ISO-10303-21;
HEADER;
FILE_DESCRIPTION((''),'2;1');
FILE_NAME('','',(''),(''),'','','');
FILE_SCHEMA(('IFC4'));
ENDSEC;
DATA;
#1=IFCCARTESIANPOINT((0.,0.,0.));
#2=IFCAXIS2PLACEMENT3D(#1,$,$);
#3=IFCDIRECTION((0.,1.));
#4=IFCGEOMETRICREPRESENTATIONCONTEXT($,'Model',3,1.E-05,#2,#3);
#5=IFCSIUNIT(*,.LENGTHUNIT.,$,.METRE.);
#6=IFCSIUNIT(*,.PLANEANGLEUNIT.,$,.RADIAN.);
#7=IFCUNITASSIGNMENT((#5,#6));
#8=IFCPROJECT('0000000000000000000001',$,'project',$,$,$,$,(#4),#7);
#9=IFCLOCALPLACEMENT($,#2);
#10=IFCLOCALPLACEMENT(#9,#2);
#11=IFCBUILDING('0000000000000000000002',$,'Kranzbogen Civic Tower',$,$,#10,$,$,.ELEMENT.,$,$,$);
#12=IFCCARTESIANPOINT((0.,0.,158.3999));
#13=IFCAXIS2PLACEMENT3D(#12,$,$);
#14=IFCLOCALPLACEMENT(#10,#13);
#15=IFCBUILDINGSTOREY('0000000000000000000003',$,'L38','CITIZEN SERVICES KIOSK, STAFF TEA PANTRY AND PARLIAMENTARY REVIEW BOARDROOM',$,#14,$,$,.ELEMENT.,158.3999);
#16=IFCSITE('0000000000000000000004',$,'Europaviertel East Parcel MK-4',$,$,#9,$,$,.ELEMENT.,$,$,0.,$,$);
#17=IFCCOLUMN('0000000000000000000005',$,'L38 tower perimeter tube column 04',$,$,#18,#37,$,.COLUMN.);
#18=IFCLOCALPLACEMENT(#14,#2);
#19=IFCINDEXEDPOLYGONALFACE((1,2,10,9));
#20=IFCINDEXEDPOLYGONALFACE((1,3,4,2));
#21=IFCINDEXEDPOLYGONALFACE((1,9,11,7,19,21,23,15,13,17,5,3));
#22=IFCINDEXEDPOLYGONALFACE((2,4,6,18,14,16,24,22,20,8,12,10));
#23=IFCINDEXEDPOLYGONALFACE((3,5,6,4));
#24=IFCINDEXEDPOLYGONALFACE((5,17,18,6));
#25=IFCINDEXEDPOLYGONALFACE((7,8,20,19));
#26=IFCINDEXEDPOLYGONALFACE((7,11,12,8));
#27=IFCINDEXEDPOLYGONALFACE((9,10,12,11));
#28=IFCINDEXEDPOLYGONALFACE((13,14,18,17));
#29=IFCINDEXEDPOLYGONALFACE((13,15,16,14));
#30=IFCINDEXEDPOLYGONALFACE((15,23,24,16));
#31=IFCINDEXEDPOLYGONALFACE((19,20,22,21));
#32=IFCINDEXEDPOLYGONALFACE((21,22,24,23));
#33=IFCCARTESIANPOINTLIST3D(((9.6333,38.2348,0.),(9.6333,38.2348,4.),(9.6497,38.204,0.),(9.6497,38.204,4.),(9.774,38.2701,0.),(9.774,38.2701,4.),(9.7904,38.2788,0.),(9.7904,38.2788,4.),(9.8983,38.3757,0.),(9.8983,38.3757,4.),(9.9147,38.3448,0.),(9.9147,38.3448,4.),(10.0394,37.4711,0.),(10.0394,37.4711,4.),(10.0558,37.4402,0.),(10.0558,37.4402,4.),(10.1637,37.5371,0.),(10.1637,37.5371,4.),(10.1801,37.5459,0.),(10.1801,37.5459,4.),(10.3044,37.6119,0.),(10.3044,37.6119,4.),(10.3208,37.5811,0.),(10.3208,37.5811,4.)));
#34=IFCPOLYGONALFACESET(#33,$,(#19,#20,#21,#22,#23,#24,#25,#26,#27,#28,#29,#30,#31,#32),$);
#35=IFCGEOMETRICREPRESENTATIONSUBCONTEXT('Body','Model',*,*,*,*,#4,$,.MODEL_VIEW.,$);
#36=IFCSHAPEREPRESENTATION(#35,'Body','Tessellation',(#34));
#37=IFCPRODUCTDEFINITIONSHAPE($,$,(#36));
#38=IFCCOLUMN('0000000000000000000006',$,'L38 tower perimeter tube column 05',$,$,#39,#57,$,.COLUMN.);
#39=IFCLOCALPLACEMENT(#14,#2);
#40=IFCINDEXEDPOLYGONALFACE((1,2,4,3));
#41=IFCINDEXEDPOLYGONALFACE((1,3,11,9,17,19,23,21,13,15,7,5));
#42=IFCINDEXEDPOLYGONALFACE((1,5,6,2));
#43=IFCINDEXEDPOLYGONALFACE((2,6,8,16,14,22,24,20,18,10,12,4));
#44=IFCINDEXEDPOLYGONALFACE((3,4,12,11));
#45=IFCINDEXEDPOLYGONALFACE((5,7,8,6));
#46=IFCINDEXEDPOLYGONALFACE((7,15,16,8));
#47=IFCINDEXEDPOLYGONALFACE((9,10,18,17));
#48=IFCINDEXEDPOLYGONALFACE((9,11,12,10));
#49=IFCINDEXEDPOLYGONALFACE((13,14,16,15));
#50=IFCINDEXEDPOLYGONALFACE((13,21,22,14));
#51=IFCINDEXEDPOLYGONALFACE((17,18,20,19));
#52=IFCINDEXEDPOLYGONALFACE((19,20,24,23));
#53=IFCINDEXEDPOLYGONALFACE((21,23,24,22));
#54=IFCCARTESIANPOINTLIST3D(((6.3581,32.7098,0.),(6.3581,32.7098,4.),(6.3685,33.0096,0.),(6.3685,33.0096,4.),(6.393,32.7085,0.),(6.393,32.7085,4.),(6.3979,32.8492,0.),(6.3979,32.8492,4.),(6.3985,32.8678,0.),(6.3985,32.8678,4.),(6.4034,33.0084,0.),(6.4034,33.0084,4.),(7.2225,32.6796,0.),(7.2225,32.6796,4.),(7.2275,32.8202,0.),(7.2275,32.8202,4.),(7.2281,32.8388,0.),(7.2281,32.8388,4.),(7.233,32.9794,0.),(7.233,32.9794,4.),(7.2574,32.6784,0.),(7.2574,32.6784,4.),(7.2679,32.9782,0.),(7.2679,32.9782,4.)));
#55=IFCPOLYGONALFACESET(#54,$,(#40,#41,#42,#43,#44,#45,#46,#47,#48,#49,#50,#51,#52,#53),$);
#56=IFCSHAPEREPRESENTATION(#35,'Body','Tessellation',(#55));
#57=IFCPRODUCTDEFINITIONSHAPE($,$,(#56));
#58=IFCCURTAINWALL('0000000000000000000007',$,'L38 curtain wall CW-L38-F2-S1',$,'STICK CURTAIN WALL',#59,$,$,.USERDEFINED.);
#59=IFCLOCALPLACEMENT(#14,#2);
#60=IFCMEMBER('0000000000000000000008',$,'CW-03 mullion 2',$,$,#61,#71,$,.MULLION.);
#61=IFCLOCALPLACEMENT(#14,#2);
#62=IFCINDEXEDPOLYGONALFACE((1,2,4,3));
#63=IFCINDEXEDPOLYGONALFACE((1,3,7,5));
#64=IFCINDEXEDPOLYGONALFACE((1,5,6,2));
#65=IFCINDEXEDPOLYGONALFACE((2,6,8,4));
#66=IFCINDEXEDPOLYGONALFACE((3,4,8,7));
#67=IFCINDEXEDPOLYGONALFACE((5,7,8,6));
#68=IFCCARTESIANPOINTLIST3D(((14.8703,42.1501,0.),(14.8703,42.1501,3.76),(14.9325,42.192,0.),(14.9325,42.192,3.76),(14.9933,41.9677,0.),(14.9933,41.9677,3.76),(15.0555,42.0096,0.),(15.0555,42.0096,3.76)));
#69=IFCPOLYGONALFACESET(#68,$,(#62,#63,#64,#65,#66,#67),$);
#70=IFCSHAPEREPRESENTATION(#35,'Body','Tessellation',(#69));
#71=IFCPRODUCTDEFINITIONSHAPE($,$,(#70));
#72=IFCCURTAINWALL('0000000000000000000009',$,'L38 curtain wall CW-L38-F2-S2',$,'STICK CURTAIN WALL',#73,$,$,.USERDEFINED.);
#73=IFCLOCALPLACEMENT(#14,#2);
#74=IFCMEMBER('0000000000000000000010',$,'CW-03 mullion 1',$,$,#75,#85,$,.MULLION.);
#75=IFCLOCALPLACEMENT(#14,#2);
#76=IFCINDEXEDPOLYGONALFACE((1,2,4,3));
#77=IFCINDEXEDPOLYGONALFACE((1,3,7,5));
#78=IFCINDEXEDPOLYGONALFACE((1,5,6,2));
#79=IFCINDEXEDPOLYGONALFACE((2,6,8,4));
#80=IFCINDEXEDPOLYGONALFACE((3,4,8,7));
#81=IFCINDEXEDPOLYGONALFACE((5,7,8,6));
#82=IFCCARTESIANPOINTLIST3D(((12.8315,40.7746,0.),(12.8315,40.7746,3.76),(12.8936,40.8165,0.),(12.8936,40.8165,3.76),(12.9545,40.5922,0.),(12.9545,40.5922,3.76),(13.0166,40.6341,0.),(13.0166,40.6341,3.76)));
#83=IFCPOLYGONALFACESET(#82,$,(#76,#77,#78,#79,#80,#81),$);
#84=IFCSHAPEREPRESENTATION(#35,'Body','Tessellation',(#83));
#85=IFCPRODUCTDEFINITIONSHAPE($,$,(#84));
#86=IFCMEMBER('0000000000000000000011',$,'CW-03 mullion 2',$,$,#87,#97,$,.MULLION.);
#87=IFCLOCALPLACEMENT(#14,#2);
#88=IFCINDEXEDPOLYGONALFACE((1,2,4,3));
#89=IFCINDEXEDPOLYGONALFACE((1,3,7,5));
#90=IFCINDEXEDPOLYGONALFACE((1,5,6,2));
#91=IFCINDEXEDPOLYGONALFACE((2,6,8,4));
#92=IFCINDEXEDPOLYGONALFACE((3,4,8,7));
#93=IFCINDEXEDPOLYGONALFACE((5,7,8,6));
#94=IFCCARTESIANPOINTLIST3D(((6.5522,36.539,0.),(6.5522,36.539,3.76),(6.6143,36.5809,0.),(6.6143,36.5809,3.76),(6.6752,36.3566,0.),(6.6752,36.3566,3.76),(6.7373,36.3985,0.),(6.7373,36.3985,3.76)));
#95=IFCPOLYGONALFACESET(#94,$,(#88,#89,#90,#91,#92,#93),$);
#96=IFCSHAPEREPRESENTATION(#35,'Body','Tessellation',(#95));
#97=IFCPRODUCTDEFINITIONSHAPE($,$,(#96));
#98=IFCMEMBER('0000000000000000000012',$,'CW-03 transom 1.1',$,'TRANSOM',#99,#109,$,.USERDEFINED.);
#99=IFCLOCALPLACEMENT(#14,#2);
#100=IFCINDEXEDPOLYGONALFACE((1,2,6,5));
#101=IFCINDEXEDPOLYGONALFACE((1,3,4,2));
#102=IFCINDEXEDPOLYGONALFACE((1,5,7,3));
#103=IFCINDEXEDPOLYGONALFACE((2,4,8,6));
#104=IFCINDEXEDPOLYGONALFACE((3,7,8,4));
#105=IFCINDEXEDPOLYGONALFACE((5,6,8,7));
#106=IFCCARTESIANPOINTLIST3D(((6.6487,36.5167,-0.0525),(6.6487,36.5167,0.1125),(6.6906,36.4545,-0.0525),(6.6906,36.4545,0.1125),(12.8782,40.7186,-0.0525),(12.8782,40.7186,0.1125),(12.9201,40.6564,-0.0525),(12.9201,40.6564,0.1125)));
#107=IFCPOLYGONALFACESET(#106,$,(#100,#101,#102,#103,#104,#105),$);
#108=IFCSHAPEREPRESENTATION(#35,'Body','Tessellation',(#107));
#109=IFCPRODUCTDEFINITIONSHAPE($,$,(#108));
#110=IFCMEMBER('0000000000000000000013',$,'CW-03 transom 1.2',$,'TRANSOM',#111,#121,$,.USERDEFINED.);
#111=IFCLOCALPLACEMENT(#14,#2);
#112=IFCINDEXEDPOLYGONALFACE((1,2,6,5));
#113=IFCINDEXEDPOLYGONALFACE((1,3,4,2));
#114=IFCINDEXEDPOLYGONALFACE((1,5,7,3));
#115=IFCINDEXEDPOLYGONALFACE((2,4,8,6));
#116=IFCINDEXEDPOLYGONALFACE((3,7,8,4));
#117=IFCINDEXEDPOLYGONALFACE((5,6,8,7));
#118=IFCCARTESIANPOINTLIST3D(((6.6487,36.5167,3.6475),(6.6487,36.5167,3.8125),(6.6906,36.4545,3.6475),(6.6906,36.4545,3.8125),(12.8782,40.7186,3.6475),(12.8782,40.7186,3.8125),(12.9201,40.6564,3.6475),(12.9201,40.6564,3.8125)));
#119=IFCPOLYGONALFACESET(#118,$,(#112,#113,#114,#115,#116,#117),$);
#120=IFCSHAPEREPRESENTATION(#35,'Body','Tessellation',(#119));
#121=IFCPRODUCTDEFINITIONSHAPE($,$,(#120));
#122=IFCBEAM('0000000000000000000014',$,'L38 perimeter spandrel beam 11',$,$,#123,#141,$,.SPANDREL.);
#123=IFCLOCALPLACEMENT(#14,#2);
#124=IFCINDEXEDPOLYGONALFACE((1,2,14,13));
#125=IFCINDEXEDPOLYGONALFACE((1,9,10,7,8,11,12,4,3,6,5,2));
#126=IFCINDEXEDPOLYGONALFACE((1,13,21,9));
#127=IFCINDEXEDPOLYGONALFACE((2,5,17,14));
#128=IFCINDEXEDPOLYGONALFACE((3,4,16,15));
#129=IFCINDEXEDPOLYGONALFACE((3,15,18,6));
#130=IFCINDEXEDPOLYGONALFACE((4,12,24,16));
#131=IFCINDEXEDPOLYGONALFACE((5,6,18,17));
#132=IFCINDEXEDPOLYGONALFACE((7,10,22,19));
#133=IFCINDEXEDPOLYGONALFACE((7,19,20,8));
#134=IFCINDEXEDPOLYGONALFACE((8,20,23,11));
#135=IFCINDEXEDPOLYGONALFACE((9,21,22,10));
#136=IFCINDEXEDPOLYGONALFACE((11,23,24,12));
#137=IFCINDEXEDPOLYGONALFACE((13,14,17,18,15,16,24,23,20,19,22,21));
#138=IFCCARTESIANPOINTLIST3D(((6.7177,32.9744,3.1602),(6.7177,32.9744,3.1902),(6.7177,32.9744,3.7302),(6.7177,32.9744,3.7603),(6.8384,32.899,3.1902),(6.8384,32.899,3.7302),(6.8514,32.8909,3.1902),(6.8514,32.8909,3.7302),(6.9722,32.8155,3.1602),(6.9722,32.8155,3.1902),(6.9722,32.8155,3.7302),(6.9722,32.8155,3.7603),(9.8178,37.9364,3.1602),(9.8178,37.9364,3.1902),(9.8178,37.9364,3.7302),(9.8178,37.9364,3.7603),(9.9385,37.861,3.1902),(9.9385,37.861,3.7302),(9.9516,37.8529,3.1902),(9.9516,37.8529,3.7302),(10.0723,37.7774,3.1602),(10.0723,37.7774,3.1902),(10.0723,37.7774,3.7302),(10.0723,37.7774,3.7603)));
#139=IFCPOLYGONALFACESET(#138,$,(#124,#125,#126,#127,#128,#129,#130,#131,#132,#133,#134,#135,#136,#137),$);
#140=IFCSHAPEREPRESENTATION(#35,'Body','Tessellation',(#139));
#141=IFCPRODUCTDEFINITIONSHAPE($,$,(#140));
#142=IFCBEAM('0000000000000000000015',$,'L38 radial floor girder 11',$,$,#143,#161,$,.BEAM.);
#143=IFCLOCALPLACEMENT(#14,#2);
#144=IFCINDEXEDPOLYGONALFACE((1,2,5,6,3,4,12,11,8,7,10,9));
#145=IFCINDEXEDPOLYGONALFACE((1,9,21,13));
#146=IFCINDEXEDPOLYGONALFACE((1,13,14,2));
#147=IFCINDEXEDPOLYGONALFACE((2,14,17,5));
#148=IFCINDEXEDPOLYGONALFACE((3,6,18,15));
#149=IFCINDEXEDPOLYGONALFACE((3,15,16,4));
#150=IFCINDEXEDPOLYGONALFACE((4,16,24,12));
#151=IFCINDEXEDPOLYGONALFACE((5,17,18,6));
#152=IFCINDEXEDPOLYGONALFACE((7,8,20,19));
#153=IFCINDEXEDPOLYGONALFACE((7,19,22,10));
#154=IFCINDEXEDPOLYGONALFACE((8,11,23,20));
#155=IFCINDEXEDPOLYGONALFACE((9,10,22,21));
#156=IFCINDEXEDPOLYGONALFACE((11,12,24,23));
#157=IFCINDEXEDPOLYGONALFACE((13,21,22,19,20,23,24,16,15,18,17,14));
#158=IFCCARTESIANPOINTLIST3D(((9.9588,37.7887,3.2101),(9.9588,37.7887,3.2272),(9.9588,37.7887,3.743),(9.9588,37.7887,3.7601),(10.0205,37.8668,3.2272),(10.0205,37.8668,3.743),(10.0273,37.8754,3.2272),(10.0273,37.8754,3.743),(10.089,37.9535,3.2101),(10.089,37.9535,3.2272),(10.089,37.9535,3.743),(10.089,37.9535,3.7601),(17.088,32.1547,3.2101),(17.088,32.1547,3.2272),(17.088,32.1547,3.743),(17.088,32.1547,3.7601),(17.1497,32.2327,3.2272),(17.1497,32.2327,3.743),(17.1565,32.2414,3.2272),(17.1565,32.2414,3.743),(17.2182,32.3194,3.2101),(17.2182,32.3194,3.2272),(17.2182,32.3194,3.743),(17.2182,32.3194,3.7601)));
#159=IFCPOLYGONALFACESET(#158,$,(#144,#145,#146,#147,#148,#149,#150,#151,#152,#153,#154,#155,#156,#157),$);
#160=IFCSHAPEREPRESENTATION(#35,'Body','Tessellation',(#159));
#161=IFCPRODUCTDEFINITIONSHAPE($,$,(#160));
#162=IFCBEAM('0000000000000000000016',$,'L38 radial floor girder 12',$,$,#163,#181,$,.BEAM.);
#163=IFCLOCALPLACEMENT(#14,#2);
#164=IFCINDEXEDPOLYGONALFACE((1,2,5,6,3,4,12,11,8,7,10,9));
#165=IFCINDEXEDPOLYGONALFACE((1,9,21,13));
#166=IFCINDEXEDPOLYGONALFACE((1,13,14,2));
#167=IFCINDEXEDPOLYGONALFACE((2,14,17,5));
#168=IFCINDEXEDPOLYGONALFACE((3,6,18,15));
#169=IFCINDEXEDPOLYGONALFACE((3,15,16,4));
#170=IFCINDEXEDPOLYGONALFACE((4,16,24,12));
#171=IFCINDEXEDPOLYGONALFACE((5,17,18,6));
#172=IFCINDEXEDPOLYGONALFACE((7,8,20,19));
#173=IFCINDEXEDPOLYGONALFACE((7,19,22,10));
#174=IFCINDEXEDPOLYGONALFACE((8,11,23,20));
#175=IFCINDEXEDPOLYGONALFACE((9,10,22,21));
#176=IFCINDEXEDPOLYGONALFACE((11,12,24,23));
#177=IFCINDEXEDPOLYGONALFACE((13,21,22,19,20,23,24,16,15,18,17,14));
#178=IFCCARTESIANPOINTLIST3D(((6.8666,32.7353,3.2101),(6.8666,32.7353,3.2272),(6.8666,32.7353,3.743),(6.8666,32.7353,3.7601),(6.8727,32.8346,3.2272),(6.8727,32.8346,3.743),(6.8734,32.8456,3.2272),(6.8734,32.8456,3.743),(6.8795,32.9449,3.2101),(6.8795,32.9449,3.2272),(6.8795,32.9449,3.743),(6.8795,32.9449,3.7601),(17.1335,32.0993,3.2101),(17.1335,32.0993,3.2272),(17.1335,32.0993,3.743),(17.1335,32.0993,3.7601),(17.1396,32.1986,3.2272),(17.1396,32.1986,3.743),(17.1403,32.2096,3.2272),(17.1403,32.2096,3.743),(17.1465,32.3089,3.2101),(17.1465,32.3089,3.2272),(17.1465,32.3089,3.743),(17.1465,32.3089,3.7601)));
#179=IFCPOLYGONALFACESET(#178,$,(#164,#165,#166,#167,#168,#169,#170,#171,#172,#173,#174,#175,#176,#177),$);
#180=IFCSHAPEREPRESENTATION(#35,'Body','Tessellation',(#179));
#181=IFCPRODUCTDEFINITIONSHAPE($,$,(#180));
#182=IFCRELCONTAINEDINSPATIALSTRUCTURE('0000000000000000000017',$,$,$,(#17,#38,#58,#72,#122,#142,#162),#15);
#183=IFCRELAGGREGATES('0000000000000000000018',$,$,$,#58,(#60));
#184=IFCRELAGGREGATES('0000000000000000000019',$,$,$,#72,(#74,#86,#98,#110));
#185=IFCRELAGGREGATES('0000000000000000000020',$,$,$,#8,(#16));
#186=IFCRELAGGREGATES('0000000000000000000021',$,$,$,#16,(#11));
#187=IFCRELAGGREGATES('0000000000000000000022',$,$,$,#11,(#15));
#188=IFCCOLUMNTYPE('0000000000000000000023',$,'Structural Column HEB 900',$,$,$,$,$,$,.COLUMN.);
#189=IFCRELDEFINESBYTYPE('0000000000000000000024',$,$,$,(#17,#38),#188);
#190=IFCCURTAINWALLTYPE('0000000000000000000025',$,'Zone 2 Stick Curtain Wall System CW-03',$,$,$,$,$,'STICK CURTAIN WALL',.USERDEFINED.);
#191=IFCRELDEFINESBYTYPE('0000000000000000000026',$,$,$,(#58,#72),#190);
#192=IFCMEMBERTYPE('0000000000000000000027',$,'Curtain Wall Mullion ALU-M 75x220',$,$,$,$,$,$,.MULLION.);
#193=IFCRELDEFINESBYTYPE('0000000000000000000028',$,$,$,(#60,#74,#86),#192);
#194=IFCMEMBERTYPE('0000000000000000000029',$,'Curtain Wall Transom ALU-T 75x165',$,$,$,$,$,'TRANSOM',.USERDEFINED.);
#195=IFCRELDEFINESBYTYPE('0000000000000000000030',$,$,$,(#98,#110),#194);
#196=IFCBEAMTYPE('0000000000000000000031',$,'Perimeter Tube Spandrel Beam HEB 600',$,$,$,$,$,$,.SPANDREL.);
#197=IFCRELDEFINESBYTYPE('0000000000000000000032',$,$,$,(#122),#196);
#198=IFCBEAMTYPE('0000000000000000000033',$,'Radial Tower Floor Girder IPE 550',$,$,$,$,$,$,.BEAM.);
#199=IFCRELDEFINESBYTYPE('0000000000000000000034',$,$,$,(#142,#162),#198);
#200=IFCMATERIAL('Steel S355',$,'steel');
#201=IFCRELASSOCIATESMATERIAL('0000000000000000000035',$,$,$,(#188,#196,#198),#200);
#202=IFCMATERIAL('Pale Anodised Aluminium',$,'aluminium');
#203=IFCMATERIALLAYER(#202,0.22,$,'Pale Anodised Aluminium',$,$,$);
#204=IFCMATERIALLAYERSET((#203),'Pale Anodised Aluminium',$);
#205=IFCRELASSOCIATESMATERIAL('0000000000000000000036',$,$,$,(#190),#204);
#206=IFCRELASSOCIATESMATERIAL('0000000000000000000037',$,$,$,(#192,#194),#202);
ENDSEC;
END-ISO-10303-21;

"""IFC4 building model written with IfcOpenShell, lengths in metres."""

from ifc_helpers import new_model, si_unit, direction, frame, origin, origin_2d, place, context, subcontext, project, spatial, rectangle, i_section, extrude, material, layer, layer_set, material_profile, profile_set, type_object, element, aggregate, save


model = new_model("IFC4")

# Units and contexts
model_context = context("Model", 3, precision=1e-05, world=origin(), true_north=direction((0.0, 1.0)))
body_context = subcontext(model_context, "Body", "Model", "MODEL_VIEW")
ifc_project = project(units=[si_unit("LENGTHUNIT", "METRE"), si_unit("PLANEANGLEUNIT", "RADIAN")], contexts=[model_context])

# Site, building, storey
site_placement = place(None, origin())
site = spatial("IfcSite", under=ifc_project, at=site_placement, Name="Europaviertel East Parcel MK-4", CompositionType="ELEMENT", RefElevation=0.0)
building_placement = place(site_placement, origin())
building = spatial("IfcBuilding", under=site, at=building_placement, Name="Kranzbogen Civic Tower", CompositionType="ELEMENT")
storey_placement = place(building_placement, frame((0.0, 0.0, 158.3999)))
storey = spatial("IfcBuildingStorey", under=building, at=storey_placement, Name="L38", Description="CITIZEN SERVICES KIOSK, STAFF TEA PANTRY AND PARLIAMENTARY REVIEW BOARDROOM", CompositionType="ELEMENT", Elevation=158.3999)

# Columns
ifc_material_1 = material(Name="Steel S355", Category="steel")
ifc_material_profile_1 = material_profile(ifc_material_1, i_section(OverallWidth=0.3, OverallDepth=0.8999, WebThickness=0.0186, FlangeThickness=0.0349, at=origin_2d()), Name="HEB 900")
ifc_profile_set_1 = profile_set([ifc_material_profile_1], Name="Steel S355")
column_type = type_object("IfcColumnType", Name="Structural Column HEB 900", PredefinedType="COLUMN", material=ifc_profile_set_1)
for number, where, z_axis, x_axis, name in (
    (1, (9.9771, 37.908, 0.0), (0.0, 0.0, 1.0), (0.882948, 0.469472, 0.0), "L38 tower perimeter tube column 04"),
    (2, (6.813, 32.844, 0.0), (0.0, 0.0, 1.0), (0.034899, 0.999391, 0.0), "L38 tower perimeter tube column 05"),
):
    element("IfcColumn", number, at=place(storey_placement, frame(where, z_axis=z_axis, x_axis=x_axis)), inside=storey, type_object=column_type, Name=name, PredefinedType="COLUMN", context=body_context, shape_type="SweptSolid", body=[
        extrude(i_section(OverallWidth=0.3, OverallDepth=0.8999, WebThickness=0.0186, FlangeThickness=0.0349, at=origin_2d()), origin(), (0.0, 0.0, 1.0), 4.0),
    ])

# Curtain wall, member
ifc_material_2 = material(Name="Pale Anodised Aluminium", Category="aluminium")
ifc_layer_1 = layer(ifc_material_2, 0.22, Name="Pale Anodised Aluminium")
ifc_layer_set_1 = layer_set([ifc_layer_1], Name="Pale Anodised Aluminium")
curtain_wall_type = type_object("IfcCurtainWallType", Name="Zone 2 Stick Curtain Wall System CW-03", ElementType="STICK CURTAIN WALL", PredefinedType="USERDEFINED", material=ifc_layer_set_1)
curtain_wall_1_placement = place(storey_placement, origin())
curtain_wall_1 = element("IfcCurtainWall", 3, at=curtain_wall_1_placement, inside=storey, type_object=curtain_wall_type, Name="L38 curtain wall CW-L38-F2-S1", ObjectType="STICK CURTAIN WALL", PredefinedType="USERDEFINED")
ifc_material_profile_2 = material_profile(ifc_material_2, rectangle(XDim=0.075, YDim=0.22, at=origin_2d()), Name="ALU-M 75x220")
ifc_profile_set_2 = profile_set([ifc_material_profile_2], Name="Pale Anodised Aluminium")
member_type_1 = type_object("IfcMemberType", Name="Curtain Wall Mullion ALU-M 75x220", PredefinedType="MULLION", material=ifc_profile_set_2)
member_1_placement = place(storey_placement, frame((14.9629, 42.0798, 0.0), z_axis=(0.0, 0.0, 1.0), x_axis=(-0.829035, -0.559196, 0.0)))
member_1 = element("IfcMember", 4, at=member_1_placement, type_object=member_type_1, Name="CW-03 mullion 2", PredefinedType="MULLION", context=body_context, shape_type="SweptSolid", body=[
    extrude(rectangle(XDim=0.075, YDim=0.22, at=origin_2d()), origin(), (0.0, 0.0, 1.0), 3.76),
])
aggregate(curtain_wall_1, [member_1])

# Curtain wall, members
curtain_wall_2_placement = place(storey_placement, origin())
curtain_wall_2 = element("IfcCurtainWall", 5, at=curtain_wall_2_placement, inside=storey, type_object=curtain_wall_type, Name="L38 curtain wall CW-L38-F2-S2", ObjectType="STICK CURTAIN WALL", PredefinedType="USERDEFINED")
member_2_placement = place(storey_placement, frame((12.9241, 40.7043, 0.0), z_axis=(0.0, 0.0, 1.0), x_axis=(-0.829035, -0.559196, 0.0)))
member_2 = element("IfcMember", 6, at=member_2_placement, type_object=member_type_1, Name="CW-03 mullion 1", PredefinedType="MULLION", context=body_context, shape_type="SweptSolid", body=[
    extrude(rectangle(XDim=0.075, YDim=0.22, at=origin_2d()), origin(), (0.0, 0.0, 1.0), 3.76),
])
member_3_placement = place(storey_placement, frame((6.6448, 36.4688, 0.0), z_axis=(0.0, 0.0, 1.0), x_axis=(-0.829035, -0.559196, 0.0)))
member_3 = element("IfcMember", 7, at=member_3_placement, type_object=member_type_1, Name="CW-03 mullion 2", PredefinedType="MULLION", context=body_context, shape_type="SweptSolid", body=[
    extrude(rectangle(XDim=0.075, YDim=0.22, at=origin_2d()), origin(), (0.0, 0.0, 1.0), 3.76),
])
ifc_material_profile_3 = material_profile(ifc_material_2, rectangle(XDim=0.075, YDim=0.165, at=origin_2d()), Name="ALU-T 75x165")
ifc_profile_set_3 = profile_set([ifc_material_profile_3], Name="Pale Anodised Aluminium")
member_type_2 = type_object("IfcMemberType", Name="Curtain Wall Transom ALU-T 75x165", ElementType="TRANSOM", PredefinedType="USERDEFINED", material=ifc_profile_set_3)
member_4_placement = place(storey_placement, frame((12.8992, 40.6875, 0.03), z_axis=(-0.829034, -0.559198, 0.0), x_axis=(0.559198, -0.829034, 0.0)))
member_4 = element("IfcMember", 8, at=member_4_placement, type_object=member_type_2, Name="CW-03 transom 1.1", ObjectType="TRANSOM", PredefinedType="USERDEFINED", context=body_context, shape_type="SweptSolid", body=[
    extrude(rectangle(XDim=0.075, YDim=0.165, at=origin_2d()), origin(), (0.0, 0.0, 1.0), 7.5142),
])
member_5_placement = place(storey_placement, frame((12.8992, 40.6875, 3.73), z_axis=(-0.829034, -0.559198, 0.0), x_axis=(0.559198, -0.829034, 0.0)))
member_5 = element("IfcMember", 9, at=member_5_placement, type_object=member_type_2, Name="CW-03 transom 1.2", ObjectType="TRANSOM", PredefinedType="USERDEFINED", context=body_context, shape_type="SweptSolid", body=[
    extrude(rectangle(XDim=0.075, YDim=0.165, at=origin_2d()), origin(), (0.0, 0.0, 1.0), 7.5142),
])

# Beams
ifc_material_profile_4 = material_profile(ifc_material_1, i_section(OverallWidth=0.3, OverallDepth=0.6001, WebThickness=0.0154, FlangeThickness=0.03, at=origin_2d()), Name="HEB 600")
ifc_profile_set_4 = profile_set([ifc_material_profile_4], Name="Steel S355")
beam_type_1 = type_object("IfcBeamType", Name="Perimeter Tube Spandrel Beam HEB 600", PredefinedType="SPANDREL", material=ifc_profile_set_4)
beam_1_placement = place(storey_placement, frame((9.9451, 37.8569, 3.4602), z_axis=(-0.529864, -0.848083, 0.0), x_axis=(0.848083, -0.529864, 0.0)))
element("IfcBeam", 10, at=beam_1_placement, inside=storey, type_object=beam_type_1, Name="L38 perimeter spandrel beam 11", PredefinedType="SPANDREL", context=body_context, shape_type="SweptSolid", body=[
    extrude(i_section(OverallWidth=0.3, OverallDepth=0.6001, WebThickness=0.0154, FlangeThickness=0.03, at=origin_2d()), origin(), (0.0, 0.0, 1.0), 5.8508),
])
ifc_material_profile_5 = material_profile(ifc_material_1, i_section(OverallWidth=0.21, OverallDepth=0.55, WebThickness=0.011, FlangeThickness=0.0171, at=origin_2d()), Name="IPE 550")
ifc_profile_set_5 = profile_set([ifc_material_profile_5], Name="Steel S355")
beam_type_2 = type_object("IfcBeamType", Name="Radial Tower Floor Girder IPE 550", PredefinedType="BEAM", material=ifc_profile_set_5)
beam_2_placement = place(storey_placement, frame((10.0239, 37.8711, 3.4851), z_axis=(0.784575, -0.620034, 0.0), x_axis=(0.620034, 0.784575, 0.0)))
element("IfcBeam", 11, at=beam_2_placement, inside=storey, type_object=beam_type_2, Name="L38 radial floor girder 11", PredefinedType="BEAM", context=body_context, shape_type="SweptSolid", body=[
    extrude(i_section(OverallWidth=0.21, OverallDepth=0.55, WebThickness=0.011, FlangeThickness=0.0171, at=origin_2d()), origin(), (0.0, 0.0, 1.0), 9.0867),
])
beam_3_placement = place(storey_placement, frame((6.873, 32.8401, 3.4851), z_axis=(0.998087, -0.061827, 0.0), x_axis=(0.061827, 0.998087, 0.0)))
element("IfcBeam", 12, at=beam_3_placement, inside=storey, type_object=beam_type_2, Name="L38 radial floor girder 12", PredefinedType="BEAM", context=body_context, shape_type="SweptSolid", body=[
    extrude(i_section(OverallWidth=0.21, OverallDepth=0.55, WebThickness=0.011, FlangeThickness=0.0171, at=origin_2d()), origin(), (0.0, 0.0, 1.0), 10.2866),
])

aggregate(curtain_wall_2, [member_2, member_3, member_4, member_5])

save(model, "model.ifc")
